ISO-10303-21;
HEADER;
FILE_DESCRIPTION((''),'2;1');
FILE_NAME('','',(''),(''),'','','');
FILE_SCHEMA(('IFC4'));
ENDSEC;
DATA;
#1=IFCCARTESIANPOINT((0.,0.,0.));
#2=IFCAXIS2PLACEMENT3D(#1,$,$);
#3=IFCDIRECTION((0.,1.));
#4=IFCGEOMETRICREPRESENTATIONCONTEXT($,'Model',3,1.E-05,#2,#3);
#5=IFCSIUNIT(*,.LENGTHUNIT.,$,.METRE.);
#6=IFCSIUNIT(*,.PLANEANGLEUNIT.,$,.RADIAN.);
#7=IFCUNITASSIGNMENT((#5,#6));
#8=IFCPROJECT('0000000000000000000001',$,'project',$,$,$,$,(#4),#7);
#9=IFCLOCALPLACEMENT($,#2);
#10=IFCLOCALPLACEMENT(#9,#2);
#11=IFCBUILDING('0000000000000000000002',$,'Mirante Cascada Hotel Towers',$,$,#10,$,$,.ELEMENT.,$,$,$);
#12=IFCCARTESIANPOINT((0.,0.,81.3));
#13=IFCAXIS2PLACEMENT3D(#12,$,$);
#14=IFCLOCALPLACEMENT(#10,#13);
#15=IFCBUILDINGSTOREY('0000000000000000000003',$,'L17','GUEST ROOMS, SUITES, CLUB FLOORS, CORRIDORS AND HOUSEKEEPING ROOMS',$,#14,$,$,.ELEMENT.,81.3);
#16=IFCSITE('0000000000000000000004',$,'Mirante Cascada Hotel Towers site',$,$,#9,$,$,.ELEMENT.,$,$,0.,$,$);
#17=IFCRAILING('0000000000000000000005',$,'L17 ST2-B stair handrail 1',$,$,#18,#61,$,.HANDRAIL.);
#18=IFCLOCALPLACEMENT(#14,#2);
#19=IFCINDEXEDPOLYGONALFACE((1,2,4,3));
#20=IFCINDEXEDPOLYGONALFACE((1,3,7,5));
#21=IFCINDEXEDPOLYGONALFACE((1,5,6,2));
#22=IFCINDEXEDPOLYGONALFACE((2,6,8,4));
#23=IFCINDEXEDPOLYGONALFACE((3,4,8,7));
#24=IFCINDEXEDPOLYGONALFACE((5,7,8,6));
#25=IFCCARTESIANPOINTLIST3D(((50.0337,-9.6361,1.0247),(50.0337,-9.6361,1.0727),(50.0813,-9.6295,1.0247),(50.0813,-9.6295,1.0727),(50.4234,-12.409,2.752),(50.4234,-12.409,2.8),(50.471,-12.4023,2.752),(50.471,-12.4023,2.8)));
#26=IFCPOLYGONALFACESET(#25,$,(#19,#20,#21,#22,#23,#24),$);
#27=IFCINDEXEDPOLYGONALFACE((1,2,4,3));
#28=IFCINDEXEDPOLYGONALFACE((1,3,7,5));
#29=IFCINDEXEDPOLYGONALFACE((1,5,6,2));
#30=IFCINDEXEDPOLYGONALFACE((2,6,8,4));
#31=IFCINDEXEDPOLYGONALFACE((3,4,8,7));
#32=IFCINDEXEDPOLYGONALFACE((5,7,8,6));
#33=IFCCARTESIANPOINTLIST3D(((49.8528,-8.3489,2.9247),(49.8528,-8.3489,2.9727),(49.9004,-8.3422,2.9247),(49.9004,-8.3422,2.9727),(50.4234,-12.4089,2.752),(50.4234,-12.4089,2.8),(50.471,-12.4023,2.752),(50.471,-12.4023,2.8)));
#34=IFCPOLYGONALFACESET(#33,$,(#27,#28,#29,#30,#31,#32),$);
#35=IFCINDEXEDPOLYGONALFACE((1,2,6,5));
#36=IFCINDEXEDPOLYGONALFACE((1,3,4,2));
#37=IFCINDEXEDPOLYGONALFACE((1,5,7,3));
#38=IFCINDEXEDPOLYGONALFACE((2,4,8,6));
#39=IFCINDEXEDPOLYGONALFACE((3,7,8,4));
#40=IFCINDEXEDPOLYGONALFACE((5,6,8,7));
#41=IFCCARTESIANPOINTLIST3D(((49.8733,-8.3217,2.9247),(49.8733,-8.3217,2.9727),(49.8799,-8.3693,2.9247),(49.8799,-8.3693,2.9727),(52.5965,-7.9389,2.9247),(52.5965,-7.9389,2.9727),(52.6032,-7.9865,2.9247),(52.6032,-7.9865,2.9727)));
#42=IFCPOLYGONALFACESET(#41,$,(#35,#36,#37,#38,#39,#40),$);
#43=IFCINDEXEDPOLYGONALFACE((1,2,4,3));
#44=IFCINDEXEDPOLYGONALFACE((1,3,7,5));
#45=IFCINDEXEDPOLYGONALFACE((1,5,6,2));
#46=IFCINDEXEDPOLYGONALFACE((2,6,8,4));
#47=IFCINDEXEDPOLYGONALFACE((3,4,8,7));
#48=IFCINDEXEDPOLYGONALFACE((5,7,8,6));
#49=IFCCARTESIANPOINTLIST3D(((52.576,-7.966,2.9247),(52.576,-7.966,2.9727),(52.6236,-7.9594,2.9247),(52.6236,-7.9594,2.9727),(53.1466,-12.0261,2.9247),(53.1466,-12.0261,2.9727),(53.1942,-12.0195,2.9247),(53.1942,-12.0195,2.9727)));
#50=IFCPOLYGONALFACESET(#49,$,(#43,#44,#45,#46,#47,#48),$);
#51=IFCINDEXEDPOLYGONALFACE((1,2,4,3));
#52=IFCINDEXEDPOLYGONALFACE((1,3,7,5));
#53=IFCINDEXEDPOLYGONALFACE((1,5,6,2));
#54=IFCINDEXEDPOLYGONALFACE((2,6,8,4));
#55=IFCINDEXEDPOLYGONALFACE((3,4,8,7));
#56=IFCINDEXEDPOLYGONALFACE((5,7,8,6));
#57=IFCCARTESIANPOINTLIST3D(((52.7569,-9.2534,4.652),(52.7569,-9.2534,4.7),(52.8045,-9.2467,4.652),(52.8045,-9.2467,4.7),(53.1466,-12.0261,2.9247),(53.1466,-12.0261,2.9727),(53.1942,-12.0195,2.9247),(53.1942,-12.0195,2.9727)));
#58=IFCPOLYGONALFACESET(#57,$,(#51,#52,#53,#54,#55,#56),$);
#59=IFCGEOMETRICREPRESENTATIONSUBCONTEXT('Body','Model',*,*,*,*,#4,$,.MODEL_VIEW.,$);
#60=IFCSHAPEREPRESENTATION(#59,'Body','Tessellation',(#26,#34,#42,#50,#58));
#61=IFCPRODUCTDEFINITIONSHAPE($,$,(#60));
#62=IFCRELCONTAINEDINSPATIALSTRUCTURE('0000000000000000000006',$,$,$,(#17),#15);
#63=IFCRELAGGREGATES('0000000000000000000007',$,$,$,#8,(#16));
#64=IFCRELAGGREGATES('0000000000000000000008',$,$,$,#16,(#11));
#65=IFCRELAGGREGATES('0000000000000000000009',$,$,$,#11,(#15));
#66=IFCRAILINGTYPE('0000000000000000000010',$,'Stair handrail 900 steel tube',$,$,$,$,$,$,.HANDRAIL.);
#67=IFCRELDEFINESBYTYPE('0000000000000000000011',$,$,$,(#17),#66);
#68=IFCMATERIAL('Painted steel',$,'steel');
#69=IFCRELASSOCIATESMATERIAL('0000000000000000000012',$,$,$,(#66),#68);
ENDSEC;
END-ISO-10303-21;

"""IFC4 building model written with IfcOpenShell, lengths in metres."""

from ifc_helpers import new_model, si_unit, direction, frame, origin, origin_2d, place, context, subcontext, project, spatial, rectangle, extrude, material, type_object, element, save


model = new_model("IFC4")

# Units and contexts
model_context = context("Model", 3, precision=1e-05, world=origin(), true_north=direction((0.0, 1.0)))
body_context = subcontext(model_context, "Body", "Model", "MODEL_VIEW")
ifc_project = project(units=[si_unit("LENGTHUNIT", "METRE"), si_unit("PLANEANGLEUNIT", "RADIAN")], contexts=[model_context])

# Site, building, storey
site_placement = place(None, origin())
site = spatial("IfcSite", under=ifc_project, at=site_placement, Name="Mirante Cascada Hotel Towers site", CompositionType="ELEMENT", RefElevation=0.0)
building_placement = place(site_placement, origin())
building = spatial("IfcBuilding", under=site, at=building_placement, Name="Mirante Cascada Hotel Towers", CompositionType="ELEMENT")
storey_placement = place(building_placement, frame((0.0, 0.0, 81.3)))
storey = spatial("IfcBuildingStorey", under=building, at=storey_placement, Name="L17", Description="GUEST ROOMS, SUITES, CLUB FLOORS, CORRIDORS AND HOUSEKEEPING ROOMS", CompositionType="ELEMENT", Elevation=81.3)

# Railing
ifc_material_1 = material(Name="Painted steel", Category="steel")
railing_type_1 = type_object("IfcRailingType", Name="Stair handrail 900 steel tube", PredefinedType="HANDRAIL", material=ifc_material_1)
railing_1_placement = place(storey_placement, frame((50.0575, -9.6328, 0.1727)))
element("IfcRailing", 1, at=railing_1_placement, inside=storey, type_object=railing_type_1, Name="L17 ST2-B stair handrail 1", PredefinedType="HANDRAIL", context=body_context, shape_type="SweptSolid", body=[
    extrude(rectangle(XDim=0.048, YDim=0.048, at=origin_2d()), frame((0.0, 0.0, 0.876), z_axis=(0.139176, -0.990268, 0.0), x_axis=(0.990268, 0.139176, 0.0)), (0.0, 0.525021, 0.851089), 3.29),
    extrude(rectangle(XDim=0.048, YDim=0.048, at=origin_2d()), frame((0.3897, -2.7728, 2.6033), z_axis=(-0.139171, 0.990268, 0.0), x_axis=(-0.990268, -0.139171, 0.0)), (0.0, 0.042085, 0.999114), 4.1036),
    extrude(rectangle(XDim=0.048, YDim=0.048, at=origin_2d()), frame((-0.1809, 1.2873, 2.776), z_axis=(0.990264, 0.139201, 0.0), x_axis=(-0.139201, 0.990264, 0.0)), (0.0, 0.0, 1.0), 2.75),
    extrude(rectangle(XDim=0.048, YDim=0.048, at=origin_2d()), frame((2.5423, 1.6701, 2.776), z_axis=(0.139171, -0.990268, 0.0), x_axis=(0.990268, 0.139171, 0.0)), (0.0, 0.0, 1.0), 4.1),
    extrude(rectangle(XDim=0.048, YDim=0.048, at=origin_2d()), frame((3.1129, -2.39, 2.776), z_axis=(-0.139181, 0.990267, 0.0), x_axis=(-0.990267, -0.139181, 0.0)), (0.0, 0.525035, 0.851081), 3.2899),
])

save(model, "model.ifc")
